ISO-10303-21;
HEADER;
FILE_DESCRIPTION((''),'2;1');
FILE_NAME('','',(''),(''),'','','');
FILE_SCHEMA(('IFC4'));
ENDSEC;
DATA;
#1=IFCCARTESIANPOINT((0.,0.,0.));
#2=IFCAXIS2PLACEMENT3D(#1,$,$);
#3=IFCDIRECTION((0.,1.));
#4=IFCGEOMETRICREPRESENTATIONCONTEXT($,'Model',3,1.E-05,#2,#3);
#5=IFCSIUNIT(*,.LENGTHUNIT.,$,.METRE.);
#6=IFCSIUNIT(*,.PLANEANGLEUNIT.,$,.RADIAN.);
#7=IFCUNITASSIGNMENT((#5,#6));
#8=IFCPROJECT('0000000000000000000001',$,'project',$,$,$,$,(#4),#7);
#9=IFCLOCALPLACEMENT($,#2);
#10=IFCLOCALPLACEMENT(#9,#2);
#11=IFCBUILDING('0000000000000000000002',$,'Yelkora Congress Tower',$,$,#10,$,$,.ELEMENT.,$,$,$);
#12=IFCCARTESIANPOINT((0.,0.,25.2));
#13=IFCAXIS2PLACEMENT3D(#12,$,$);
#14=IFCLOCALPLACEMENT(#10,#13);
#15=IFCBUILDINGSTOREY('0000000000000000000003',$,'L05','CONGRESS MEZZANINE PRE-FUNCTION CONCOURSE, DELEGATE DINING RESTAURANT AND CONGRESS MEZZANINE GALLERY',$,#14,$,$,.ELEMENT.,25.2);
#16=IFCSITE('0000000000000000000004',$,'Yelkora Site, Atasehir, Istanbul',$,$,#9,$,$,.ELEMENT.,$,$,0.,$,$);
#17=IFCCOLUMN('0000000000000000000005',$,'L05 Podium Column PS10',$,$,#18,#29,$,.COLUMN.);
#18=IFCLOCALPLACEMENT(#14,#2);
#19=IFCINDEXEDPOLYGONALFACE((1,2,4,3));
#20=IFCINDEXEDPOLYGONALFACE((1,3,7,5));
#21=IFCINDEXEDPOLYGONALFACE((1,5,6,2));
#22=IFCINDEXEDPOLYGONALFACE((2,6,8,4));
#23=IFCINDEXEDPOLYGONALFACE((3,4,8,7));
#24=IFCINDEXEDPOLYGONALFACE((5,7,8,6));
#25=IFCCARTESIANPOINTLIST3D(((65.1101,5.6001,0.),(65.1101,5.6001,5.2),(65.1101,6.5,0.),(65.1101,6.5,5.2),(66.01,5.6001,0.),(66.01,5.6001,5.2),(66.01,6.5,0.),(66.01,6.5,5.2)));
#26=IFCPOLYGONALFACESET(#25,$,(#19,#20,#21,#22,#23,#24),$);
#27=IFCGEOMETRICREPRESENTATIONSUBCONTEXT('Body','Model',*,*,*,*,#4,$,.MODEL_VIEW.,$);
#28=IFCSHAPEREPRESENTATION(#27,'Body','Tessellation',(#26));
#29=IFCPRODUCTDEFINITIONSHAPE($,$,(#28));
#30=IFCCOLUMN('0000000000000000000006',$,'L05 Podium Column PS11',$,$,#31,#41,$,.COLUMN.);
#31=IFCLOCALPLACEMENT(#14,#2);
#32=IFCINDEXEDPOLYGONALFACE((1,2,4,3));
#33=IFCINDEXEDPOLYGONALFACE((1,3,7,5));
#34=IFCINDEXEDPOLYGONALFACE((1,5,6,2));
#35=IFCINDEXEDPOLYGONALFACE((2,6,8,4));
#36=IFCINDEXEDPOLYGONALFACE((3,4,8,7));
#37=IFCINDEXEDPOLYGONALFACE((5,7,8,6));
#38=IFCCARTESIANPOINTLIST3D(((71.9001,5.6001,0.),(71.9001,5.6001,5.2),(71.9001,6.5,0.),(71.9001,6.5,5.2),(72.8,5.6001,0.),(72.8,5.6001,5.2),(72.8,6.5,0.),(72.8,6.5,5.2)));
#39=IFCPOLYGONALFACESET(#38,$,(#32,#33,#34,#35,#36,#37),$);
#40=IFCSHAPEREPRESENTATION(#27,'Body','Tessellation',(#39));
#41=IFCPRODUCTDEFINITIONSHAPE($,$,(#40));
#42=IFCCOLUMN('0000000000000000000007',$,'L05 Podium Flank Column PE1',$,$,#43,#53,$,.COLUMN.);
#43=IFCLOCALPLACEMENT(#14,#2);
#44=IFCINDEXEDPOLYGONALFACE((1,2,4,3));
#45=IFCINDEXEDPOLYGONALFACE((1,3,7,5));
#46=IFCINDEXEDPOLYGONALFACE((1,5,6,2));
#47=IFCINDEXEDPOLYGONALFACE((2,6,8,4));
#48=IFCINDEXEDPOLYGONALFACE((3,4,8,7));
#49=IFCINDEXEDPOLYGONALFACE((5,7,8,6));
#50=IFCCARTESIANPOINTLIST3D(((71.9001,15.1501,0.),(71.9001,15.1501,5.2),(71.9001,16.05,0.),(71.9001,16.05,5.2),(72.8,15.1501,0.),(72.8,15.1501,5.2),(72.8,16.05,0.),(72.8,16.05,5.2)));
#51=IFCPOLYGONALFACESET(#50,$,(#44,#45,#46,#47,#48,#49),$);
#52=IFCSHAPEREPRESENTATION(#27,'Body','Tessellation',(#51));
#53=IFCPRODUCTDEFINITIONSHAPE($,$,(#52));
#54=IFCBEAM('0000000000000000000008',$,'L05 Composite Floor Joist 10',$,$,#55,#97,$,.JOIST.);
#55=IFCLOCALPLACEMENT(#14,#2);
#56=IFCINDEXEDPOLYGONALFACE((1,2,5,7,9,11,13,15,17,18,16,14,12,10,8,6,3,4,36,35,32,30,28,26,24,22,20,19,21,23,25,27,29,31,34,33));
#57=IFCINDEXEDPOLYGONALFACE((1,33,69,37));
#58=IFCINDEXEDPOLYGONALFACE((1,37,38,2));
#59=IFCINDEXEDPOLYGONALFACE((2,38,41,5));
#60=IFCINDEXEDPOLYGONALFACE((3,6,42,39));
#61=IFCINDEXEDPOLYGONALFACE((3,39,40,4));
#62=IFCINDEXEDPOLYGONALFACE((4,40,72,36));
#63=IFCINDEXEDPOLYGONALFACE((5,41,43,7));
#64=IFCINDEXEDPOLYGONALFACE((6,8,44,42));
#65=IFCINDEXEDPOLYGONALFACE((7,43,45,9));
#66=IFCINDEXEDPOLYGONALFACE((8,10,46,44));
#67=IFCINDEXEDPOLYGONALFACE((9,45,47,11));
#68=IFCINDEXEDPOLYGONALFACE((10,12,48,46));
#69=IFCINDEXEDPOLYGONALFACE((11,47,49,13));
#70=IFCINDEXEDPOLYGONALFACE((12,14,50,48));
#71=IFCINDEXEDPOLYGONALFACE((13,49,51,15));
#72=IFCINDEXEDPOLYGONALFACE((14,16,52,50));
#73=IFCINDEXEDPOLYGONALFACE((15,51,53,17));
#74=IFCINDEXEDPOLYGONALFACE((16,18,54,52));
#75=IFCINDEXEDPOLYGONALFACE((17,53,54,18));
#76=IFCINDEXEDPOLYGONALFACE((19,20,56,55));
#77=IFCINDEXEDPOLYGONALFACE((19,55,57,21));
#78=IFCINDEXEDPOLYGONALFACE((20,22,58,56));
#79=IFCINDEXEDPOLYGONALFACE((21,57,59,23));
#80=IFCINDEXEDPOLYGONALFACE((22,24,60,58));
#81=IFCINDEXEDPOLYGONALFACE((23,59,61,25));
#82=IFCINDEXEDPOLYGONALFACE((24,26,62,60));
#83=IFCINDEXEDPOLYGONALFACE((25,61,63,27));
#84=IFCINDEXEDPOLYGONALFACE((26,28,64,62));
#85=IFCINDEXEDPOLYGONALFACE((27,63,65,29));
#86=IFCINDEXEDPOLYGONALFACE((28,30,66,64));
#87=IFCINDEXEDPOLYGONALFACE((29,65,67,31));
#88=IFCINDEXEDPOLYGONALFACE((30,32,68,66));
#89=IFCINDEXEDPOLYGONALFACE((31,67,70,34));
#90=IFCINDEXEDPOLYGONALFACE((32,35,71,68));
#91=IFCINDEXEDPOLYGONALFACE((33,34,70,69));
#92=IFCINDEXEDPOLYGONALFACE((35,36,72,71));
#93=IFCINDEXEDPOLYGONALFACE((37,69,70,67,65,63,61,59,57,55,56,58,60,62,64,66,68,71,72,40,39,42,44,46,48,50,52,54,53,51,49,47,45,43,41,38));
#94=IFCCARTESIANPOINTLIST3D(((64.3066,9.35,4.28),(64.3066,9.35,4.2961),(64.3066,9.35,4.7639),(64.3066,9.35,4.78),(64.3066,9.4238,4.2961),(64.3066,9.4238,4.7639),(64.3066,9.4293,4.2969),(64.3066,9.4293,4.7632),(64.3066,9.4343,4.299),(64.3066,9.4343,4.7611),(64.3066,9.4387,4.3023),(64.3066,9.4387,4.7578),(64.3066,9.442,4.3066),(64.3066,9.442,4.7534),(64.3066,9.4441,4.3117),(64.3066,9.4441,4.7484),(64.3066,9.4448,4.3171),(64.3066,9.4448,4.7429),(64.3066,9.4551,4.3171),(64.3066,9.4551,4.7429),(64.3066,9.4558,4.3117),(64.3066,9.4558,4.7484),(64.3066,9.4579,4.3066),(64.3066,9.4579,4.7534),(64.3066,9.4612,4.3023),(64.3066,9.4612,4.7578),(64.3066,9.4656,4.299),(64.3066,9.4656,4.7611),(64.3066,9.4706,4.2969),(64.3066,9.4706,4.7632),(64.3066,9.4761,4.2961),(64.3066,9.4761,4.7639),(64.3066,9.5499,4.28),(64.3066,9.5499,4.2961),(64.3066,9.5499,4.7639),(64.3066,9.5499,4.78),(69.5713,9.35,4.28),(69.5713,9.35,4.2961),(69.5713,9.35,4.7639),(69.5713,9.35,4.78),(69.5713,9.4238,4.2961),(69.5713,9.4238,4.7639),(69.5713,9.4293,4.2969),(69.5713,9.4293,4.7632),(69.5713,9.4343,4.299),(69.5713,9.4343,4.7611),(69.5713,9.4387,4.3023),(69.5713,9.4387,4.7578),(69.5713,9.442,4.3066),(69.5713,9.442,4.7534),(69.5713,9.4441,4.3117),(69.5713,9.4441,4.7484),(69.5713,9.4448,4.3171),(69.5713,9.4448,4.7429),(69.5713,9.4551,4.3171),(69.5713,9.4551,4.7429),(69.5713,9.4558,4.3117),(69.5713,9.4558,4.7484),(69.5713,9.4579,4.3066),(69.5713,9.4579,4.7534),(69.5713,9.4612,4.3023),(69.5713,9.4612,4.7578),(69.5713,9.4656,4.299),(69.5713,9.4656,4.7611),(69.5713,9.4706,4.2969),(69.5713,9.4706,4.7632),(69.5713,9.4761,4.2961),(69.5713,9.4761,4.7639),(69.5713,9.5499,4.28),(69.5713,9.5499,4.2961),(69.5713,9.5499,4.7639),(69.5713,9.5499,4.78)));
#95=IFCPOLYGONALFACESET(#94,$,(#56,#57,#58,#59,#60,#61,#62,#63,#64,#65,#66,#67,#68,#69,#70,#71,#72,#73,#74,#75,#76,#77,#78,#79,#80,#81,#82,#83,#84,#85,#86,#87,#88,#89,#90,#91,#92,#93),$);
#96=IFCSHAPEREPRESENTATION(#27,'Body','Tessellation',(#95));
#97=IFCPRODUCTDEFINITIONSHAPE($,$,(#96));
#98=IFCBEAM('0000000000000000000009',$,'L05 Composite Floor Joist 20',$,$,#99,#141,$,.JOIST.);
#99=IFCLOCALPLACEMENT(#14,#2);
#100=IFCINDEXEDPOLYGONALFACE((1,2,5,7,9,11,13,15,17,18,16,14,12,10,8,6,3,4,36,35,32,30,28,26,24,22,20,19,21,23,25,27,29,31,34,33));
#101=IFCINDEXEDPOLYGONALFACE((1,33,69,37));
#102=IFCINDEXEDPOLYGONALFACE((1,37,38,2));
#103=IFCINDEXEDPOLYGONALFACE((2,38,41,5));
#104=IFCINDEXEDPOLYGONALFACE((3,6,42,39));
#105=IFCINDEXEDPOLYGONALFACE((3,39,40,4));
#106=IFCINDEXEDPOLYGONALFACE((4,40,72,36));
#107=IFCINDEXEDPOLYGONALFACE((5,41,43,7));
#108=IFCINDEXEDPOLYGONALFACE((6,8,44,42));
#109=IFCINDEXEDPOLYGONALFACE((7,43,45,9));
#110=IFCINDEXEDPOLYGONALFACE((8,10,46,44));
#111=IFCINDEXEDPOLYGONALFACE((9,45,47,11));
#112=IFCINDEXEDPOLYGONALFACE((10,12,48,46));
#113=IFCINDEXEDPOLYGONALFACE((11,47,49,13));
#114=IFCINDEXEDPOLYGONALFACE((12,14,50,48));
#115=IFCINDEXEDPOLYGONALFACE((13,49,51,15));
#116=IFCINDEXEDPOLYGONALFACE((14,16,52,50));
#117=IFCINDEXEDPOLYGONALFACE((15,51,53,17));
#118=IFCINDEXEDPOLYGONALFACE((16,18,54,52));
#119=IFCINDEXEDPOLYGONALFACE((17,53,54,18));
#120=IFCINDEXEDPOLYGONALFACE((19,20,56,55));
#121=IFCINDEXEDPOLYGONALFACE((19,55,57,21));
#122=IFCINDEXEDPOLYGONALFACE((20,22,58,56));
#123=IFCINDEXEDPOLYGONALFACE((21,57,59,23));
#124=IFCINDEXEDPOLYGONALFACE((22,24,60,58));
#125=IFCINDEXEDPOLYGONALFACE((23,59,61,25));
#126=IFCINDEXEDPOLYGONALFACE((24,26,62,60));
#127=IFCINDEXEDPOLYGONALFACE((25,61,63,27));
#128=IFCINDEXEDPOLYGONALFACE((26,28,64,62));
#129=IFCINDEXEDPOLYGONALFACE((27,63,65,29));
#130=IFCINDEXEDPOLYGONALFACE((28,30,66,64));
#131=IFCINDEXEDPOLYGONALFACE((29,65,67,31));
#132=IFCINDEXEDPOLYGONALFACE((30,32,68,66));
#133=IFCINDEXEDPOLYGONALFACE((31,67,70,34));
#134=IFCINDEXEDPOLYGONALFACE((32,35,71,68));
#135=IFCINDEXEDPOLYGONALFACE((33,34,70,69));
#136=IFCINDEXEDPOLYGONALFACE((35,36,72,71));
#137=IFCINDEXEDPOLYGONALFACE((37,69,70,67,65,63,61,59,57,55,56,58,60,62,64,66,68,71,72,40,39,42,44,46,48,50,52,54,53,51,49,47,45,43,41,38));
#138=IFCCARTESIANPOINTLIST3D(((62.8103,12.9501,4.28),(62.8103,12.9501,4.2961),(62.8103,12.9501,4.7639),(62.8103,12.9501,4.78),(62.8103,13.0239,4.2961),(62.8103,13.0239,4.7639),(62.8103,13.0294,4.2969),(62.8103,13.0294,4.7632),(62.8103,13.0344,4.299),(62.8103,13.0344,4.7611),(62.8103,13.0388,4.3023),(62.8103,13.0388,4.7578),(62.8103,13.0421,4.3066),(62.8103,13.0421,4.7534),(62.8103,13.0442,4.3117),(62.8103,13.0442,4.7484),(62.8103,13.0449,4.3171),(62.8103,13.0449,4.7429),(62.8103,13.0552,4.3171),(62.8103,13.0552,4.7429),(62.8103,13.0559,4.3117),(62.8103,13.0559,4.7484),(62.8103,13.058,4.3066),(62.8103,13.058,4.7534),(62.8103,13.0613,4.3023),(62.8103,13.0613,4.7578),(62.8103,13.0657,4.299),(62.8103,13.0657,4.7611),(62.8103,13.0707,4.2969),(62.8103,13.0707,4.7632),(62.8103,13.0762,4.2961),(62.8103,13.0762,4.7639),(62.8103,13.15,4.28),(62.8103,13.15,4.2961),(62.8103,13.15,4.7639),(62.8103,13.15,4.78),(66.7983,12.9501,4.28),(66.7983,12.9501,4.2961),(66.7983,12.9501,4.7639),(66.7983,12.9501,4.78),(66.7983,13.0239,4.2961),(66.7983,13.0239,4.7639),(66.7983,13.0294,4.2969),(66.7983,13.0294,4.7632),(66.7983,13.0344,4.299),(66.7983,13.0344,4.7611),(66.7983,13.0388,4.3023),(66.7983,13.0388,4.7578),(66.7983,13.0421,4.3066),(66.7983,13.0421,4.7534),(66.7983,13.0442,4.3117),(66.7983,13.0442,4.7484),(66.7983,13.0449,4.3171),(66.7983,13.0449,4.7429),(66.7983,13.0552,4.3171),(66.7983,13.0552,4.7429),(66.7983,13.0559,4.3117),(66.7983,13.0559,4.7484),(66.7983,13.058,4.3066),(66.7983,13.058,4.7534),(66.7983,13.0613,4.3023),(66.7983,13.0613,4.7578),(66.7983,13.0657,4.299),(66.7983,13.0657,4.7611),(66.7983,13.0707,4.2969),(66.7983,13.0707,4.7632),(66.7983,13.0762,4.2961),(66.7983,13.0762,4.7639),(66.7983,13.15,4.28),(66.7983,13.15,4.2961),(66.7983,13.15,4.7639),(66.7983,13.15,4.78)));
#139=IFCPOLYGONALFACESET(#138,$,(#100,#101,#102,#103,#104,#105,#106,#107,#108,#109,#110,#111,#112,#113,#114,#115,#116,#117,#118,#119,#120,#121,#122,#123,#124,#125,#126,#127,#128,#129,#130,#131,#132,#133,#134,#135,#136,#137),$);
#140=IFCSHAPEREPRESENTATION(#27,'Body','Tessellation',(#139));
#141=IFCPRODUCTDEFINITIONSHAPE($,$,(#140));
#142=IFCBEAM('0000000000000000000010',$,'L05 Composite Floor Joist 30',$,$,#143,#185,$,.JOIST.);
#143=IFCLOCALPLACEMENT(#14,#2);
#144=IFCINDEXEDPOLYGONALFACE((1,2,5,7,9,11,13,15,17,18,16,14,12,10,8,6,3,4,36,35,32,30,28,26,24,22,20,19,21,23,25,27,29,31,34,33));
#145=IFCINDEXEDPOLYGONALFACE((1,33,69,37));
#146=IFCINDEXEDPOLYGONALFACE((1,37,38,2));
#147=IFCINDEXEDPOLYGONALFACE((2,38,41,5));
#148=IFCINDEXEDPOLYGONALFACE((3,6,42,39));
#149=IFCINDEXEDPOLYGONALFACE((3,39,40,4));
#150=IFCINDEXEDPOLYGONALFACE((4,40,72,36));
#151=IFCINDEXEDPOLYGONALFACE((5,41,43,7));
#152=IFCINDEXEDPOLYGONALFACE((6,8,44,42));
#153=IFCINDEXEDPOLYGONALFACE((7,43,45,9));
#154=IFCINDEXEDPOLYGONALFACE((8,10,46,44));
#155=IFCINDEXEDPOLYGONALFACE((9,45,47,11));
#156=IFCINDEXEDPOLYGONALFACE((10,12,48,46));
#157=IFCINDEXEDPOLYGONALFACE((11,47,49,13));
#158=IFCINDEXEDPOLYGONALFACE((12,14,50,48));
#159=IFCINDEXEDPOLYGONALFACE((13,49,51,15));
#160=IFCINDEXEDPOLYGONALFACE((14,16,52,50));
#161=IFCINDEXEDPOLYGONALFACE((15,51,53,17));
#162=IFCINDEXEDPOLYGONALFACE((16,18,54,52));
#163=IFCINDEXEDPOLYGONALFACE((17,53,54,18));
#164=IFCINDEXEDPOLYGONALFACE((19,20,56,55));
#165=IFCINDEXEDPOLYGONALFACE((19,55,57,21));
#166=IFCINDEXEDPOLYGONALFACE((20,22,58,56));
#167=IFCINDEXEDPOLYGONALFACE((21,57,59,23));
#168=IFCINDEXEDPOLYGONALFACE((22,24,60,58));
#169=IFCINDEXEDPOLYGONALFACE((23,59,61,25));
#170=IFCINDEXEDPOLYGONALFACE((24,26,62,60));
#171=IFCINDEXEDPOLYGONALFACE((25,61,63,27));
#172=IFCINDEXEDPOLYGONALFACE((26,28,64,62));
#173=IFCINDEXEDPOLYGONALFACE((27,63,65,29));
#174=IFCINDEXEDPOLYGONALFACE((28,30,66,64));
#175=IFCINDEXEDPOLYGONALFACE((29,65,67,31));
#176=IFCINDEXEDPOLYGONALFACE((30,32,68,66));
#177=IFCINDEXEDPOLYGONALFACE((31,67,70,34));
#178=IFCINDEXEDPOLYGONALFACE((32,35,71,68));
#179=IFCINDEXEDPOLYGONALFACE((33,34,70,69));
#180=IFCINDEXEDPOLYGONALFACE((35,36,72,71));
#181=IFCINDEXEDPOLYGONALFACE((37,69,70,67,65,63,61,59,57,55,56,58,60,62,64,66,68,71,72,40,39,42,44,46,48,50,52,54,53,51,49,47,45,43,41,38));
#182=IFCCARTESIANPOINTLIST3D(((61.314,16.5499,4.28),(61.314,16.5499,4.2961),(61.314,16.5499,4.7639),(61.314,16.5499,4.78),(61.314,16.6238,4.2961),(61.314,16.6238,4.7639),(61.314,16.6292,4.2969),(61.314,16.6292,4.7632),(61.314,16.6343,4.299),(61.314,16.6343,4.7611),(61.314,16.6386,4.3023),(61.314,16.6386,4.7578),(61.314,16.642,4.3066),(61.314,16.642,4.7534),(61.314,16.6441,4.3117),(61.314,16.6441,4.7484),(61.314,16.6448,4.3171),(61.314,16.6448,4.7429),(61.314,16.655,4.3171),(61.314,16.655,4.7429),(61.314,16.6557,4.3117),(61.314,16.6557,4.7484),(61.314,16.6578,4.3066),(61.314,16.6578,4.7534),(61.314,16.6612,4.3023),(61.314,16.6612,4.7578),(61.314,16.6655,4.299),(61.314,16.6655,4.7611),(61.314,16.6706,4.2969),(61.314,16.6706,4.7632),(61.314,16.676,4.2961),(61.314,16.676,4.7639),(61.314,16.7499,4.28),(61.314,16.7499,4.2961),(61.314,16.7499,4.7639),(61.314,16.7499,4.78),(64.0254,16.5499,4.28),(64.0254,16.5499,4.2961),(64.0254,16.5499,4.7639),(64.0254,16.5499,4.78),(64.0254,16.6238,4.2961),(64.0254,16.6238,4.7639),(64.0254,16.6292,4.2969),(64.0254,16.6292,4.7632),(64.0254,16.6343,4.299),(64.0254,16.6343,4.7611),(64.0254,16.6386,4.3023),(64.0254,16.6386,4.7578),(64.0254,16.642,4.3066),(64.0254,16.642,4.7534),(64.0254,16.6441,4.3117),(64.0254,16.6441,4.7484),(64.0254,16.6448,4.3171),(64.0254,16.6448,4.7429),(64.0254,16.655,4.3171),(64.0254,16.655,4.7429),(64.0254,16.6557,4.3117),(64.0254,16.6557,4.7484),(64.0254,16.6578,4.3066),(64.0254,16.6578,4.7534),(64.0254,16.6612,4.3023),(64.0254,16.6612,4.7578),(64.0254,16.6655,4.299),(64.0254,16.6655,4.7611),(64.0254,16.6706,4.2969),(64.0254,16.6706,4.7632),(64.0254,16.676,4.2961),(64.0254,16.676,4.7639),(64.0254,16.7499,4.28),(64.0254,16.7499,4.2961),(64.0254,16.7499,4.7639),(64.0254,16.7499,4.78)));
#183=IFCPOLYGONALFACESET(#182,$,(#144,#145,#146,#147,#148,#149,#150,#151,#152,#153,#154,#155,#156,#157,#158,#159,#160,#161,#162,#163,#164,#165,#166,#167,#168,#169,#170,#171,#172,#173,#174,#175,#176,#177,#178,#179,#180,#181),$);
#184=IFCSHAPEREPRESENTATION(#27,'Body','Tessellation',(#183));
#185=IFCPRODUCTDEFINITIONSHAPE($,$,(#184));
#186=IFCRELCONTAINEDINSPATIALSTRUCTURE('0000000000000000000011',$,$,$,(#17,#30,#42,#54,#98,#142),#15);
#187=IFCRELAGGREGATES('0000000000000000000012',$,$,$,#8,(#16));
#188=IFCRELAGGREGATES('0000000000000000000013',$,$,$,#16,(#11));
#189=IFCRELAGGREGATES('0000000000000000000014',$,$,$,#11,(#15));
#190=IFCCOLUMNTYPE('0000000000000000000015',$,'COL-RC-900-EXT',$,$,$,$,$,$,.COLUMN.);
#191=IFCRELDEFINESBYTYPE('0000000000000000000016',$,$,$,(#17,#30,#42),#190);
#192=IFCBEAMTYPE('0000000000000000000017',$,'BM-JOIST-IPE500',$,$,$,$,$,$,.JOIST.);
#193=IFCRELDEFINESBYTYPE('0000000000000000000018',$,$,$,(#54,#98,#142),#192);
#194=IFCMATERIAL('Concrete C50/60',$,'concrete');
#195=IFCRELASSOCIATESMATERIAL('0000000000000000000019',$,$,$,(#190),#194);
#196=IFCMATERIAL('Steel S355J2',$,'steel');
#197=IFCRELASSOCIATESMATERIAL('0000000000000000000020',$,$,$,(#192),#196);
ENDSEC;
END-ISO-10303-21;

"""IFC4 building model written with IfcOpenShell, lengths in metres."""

from ifc_helpers import new_model, si_unit, direction, frame, origin, origin_2d, place, context, subcontext, project, spatial, rectangle, i_section, extrude, material, material_profile, profile_set, type_object, element, save


model = new_model("IFC4")

# Units and contexts
model_context = context("Model", 3, precision=1e-05, world=origin(), true_north=direction((0.0, 1.0)))
body_context = subcontext(model_context, "Body", "Model", "MODEL_VIEW")
ifc_project = project(units=[si_unit("LENGTHUNIT", "METRE"), si_unit("PLANEANGLEUNIT", "RADIAN")], contexts=[model_context])

# Site, building, storey
site_placement = place(None, origin())
site = spatial("IfcSite", under=ifc_project, at=site_placement, Name="Yelkora Site, Atasehir, Istanbul", CompositionType="ELEMENT", RefElevation=0.0)
building_placement = place(site_placement, origin())
building = spatial("IfcBuilding", under=site, at=building_placement, Name="Yelkora Congress Tower", CompositionType="ELEMENT")
storey_placement = place(building_placement, frame((0.0, 0.0, 25.2)))
storey = spatial("IfcBuildingStorey", under=building, at=storey_placement, Name="L05", Description="CONGRESS MEZZANINE PRE-FUNCTION CONCOURSE, DELEGATE DINING RESTAURANT AND CONGRESS MEZZANINE GALLERY", CompositionType="ELEMENT", Elevation=25.2)

# Columns
ifc_material_1 = material(Name="Concrete C50/60", Category="concrete")
ifc_material_profile_1 = material_profile(ifc_material_1, rectangle(XDim=0.8999, YDim=0.8999, at=origin_2d()), Name="RC 900x900")
ifc_profile_set_1 = profile_set([ifc_material_profile_1], Name="Concrete C50/60")
column_type = type_object("IfcColumnType", Name="COL-RC-900-EXT", PredefinedType="COLUMN", material=ifc_profile_set_1)
for number, where, z_axis, x_axis, name in (
    (1, (65.5601, 6.05, 0.0), (0.0, 0.0, 1.0), (1.0, 0.0, 0.0), "L05 Podium Column PS10"),
    (2, (72.3501, 6.05, 0.0), (0.0, 0.0, 1.0), (1.0, 0.0, 0.0), "L05 Podium Column PS11"),
    (3, (72.3501, 15.6001, 0.0), (0.0, 0.0, 1.0), (1.0, 0.0, 0.0), "L05 Podium Flank Column PE1"),
):
    element("IfcColumn", number, at=place(storey_placement, frame(where, z_axis=z_axis, x_axis=x_axis)), inside=storey, type_object=column_type, Name=name, PredefinedType="COLUMN", context=body_context, shape_type="SweptSolid", body=[
        extrude(rectangle(XDim=0.8999, YDim=0.8999, at=origin_2d()), origin(), (0.0, 0.0, 1.0), 5.2),
    ])

# Beams
ifc_material_2 = material(Name="Steel S355J2", Category="steel")
ifc_material_profile_2 = material_profile(ifc_material_2, i_section(OverallWidth=0.2, OverallDepth=0.5, WebThickness=0.0103, FlangeThickness=0.0161, FilletRadius=0.021, at=origin_2d()), Name="IPE 500")
ifc_profile_set_2 = profile_set([ifc_material_profile_2], Name="Steel S355J2")
beam_type_1 = type_object("IfcBeamType", Name="BM-JOIST-IPE500", PredefinedType="JOIST", material=ifc_profile_set_2)
beam_1_placement = place(storey_placement, frame((64.3066, 9.45, 4.53), z_axis=(1.0, 0.0, 0.0), x_axis=(0.0, 1.0, 0.0)))
element("IfcBeam", 4, at=beam_1_placement, inside=storey, type_object=beam_type_1, Name="L05 Composite Floor Joist 10", PredefinedType="JOIST", context=body_context, shape_type="SweptSolid", body=[
    extrude(i_section(OverallWidth=0.2, OverallDepth=0.5, WebThickness=0.0103, FlangeThickness=0.0161, FilletRadius=0.021, at=origin_2d()), origin(), (0.0, 0.0, 1.0), 5.2646),
])
beam_2_placement = place(storey_placement, frame((62.8103, 13.05, 4.53), z_axis=(1.0, 0.0, 0.0), x_axis=(0.0, 1.0, 0.0)))
element("IfcBeam", 5, at=beam_2_placement, inside=storey, type_object=beam_type_1, Name="L05 Composite Floor Joist 20", PredefinedType="JOIST", context=body_context, shape_type="SweptSolid", body=[
    extrude(i_section(OverallWidth=0.2, OverallDepth=0.5, WebThickness=0.0103, FlangeThickness=0.0161, FilletRadius=0.021, at=origin_2d()), origin(), (0.0, 0.0, 1.0), 3.988),
])
beam_3_placement = place(storey_placement, frame((61.314, 16.6499, 4.53), z_axis=(1.0, 0.0, 0.0), x_axis=(0.0, 1.0, 0.0)))
element("IfcBeam", 6, at=beam_3_placement, inside=storey, type_object=beam_type_1, Name="L05 Composite Floor Joist 30", PredefinedType="JOIST", context=body_context, shape_type="SweptSolid", body=[
    extrude(i_section(OverallWidth=0.2, OverallDepth=0.5, WebThickness=0.0103, FlangeThickness=0.0161, FilletRadius=0.021, at=origin_2d()), origin(), (0.0, 0.0, 1.0), 2.7114),
])

save(model, "model.ifc")
